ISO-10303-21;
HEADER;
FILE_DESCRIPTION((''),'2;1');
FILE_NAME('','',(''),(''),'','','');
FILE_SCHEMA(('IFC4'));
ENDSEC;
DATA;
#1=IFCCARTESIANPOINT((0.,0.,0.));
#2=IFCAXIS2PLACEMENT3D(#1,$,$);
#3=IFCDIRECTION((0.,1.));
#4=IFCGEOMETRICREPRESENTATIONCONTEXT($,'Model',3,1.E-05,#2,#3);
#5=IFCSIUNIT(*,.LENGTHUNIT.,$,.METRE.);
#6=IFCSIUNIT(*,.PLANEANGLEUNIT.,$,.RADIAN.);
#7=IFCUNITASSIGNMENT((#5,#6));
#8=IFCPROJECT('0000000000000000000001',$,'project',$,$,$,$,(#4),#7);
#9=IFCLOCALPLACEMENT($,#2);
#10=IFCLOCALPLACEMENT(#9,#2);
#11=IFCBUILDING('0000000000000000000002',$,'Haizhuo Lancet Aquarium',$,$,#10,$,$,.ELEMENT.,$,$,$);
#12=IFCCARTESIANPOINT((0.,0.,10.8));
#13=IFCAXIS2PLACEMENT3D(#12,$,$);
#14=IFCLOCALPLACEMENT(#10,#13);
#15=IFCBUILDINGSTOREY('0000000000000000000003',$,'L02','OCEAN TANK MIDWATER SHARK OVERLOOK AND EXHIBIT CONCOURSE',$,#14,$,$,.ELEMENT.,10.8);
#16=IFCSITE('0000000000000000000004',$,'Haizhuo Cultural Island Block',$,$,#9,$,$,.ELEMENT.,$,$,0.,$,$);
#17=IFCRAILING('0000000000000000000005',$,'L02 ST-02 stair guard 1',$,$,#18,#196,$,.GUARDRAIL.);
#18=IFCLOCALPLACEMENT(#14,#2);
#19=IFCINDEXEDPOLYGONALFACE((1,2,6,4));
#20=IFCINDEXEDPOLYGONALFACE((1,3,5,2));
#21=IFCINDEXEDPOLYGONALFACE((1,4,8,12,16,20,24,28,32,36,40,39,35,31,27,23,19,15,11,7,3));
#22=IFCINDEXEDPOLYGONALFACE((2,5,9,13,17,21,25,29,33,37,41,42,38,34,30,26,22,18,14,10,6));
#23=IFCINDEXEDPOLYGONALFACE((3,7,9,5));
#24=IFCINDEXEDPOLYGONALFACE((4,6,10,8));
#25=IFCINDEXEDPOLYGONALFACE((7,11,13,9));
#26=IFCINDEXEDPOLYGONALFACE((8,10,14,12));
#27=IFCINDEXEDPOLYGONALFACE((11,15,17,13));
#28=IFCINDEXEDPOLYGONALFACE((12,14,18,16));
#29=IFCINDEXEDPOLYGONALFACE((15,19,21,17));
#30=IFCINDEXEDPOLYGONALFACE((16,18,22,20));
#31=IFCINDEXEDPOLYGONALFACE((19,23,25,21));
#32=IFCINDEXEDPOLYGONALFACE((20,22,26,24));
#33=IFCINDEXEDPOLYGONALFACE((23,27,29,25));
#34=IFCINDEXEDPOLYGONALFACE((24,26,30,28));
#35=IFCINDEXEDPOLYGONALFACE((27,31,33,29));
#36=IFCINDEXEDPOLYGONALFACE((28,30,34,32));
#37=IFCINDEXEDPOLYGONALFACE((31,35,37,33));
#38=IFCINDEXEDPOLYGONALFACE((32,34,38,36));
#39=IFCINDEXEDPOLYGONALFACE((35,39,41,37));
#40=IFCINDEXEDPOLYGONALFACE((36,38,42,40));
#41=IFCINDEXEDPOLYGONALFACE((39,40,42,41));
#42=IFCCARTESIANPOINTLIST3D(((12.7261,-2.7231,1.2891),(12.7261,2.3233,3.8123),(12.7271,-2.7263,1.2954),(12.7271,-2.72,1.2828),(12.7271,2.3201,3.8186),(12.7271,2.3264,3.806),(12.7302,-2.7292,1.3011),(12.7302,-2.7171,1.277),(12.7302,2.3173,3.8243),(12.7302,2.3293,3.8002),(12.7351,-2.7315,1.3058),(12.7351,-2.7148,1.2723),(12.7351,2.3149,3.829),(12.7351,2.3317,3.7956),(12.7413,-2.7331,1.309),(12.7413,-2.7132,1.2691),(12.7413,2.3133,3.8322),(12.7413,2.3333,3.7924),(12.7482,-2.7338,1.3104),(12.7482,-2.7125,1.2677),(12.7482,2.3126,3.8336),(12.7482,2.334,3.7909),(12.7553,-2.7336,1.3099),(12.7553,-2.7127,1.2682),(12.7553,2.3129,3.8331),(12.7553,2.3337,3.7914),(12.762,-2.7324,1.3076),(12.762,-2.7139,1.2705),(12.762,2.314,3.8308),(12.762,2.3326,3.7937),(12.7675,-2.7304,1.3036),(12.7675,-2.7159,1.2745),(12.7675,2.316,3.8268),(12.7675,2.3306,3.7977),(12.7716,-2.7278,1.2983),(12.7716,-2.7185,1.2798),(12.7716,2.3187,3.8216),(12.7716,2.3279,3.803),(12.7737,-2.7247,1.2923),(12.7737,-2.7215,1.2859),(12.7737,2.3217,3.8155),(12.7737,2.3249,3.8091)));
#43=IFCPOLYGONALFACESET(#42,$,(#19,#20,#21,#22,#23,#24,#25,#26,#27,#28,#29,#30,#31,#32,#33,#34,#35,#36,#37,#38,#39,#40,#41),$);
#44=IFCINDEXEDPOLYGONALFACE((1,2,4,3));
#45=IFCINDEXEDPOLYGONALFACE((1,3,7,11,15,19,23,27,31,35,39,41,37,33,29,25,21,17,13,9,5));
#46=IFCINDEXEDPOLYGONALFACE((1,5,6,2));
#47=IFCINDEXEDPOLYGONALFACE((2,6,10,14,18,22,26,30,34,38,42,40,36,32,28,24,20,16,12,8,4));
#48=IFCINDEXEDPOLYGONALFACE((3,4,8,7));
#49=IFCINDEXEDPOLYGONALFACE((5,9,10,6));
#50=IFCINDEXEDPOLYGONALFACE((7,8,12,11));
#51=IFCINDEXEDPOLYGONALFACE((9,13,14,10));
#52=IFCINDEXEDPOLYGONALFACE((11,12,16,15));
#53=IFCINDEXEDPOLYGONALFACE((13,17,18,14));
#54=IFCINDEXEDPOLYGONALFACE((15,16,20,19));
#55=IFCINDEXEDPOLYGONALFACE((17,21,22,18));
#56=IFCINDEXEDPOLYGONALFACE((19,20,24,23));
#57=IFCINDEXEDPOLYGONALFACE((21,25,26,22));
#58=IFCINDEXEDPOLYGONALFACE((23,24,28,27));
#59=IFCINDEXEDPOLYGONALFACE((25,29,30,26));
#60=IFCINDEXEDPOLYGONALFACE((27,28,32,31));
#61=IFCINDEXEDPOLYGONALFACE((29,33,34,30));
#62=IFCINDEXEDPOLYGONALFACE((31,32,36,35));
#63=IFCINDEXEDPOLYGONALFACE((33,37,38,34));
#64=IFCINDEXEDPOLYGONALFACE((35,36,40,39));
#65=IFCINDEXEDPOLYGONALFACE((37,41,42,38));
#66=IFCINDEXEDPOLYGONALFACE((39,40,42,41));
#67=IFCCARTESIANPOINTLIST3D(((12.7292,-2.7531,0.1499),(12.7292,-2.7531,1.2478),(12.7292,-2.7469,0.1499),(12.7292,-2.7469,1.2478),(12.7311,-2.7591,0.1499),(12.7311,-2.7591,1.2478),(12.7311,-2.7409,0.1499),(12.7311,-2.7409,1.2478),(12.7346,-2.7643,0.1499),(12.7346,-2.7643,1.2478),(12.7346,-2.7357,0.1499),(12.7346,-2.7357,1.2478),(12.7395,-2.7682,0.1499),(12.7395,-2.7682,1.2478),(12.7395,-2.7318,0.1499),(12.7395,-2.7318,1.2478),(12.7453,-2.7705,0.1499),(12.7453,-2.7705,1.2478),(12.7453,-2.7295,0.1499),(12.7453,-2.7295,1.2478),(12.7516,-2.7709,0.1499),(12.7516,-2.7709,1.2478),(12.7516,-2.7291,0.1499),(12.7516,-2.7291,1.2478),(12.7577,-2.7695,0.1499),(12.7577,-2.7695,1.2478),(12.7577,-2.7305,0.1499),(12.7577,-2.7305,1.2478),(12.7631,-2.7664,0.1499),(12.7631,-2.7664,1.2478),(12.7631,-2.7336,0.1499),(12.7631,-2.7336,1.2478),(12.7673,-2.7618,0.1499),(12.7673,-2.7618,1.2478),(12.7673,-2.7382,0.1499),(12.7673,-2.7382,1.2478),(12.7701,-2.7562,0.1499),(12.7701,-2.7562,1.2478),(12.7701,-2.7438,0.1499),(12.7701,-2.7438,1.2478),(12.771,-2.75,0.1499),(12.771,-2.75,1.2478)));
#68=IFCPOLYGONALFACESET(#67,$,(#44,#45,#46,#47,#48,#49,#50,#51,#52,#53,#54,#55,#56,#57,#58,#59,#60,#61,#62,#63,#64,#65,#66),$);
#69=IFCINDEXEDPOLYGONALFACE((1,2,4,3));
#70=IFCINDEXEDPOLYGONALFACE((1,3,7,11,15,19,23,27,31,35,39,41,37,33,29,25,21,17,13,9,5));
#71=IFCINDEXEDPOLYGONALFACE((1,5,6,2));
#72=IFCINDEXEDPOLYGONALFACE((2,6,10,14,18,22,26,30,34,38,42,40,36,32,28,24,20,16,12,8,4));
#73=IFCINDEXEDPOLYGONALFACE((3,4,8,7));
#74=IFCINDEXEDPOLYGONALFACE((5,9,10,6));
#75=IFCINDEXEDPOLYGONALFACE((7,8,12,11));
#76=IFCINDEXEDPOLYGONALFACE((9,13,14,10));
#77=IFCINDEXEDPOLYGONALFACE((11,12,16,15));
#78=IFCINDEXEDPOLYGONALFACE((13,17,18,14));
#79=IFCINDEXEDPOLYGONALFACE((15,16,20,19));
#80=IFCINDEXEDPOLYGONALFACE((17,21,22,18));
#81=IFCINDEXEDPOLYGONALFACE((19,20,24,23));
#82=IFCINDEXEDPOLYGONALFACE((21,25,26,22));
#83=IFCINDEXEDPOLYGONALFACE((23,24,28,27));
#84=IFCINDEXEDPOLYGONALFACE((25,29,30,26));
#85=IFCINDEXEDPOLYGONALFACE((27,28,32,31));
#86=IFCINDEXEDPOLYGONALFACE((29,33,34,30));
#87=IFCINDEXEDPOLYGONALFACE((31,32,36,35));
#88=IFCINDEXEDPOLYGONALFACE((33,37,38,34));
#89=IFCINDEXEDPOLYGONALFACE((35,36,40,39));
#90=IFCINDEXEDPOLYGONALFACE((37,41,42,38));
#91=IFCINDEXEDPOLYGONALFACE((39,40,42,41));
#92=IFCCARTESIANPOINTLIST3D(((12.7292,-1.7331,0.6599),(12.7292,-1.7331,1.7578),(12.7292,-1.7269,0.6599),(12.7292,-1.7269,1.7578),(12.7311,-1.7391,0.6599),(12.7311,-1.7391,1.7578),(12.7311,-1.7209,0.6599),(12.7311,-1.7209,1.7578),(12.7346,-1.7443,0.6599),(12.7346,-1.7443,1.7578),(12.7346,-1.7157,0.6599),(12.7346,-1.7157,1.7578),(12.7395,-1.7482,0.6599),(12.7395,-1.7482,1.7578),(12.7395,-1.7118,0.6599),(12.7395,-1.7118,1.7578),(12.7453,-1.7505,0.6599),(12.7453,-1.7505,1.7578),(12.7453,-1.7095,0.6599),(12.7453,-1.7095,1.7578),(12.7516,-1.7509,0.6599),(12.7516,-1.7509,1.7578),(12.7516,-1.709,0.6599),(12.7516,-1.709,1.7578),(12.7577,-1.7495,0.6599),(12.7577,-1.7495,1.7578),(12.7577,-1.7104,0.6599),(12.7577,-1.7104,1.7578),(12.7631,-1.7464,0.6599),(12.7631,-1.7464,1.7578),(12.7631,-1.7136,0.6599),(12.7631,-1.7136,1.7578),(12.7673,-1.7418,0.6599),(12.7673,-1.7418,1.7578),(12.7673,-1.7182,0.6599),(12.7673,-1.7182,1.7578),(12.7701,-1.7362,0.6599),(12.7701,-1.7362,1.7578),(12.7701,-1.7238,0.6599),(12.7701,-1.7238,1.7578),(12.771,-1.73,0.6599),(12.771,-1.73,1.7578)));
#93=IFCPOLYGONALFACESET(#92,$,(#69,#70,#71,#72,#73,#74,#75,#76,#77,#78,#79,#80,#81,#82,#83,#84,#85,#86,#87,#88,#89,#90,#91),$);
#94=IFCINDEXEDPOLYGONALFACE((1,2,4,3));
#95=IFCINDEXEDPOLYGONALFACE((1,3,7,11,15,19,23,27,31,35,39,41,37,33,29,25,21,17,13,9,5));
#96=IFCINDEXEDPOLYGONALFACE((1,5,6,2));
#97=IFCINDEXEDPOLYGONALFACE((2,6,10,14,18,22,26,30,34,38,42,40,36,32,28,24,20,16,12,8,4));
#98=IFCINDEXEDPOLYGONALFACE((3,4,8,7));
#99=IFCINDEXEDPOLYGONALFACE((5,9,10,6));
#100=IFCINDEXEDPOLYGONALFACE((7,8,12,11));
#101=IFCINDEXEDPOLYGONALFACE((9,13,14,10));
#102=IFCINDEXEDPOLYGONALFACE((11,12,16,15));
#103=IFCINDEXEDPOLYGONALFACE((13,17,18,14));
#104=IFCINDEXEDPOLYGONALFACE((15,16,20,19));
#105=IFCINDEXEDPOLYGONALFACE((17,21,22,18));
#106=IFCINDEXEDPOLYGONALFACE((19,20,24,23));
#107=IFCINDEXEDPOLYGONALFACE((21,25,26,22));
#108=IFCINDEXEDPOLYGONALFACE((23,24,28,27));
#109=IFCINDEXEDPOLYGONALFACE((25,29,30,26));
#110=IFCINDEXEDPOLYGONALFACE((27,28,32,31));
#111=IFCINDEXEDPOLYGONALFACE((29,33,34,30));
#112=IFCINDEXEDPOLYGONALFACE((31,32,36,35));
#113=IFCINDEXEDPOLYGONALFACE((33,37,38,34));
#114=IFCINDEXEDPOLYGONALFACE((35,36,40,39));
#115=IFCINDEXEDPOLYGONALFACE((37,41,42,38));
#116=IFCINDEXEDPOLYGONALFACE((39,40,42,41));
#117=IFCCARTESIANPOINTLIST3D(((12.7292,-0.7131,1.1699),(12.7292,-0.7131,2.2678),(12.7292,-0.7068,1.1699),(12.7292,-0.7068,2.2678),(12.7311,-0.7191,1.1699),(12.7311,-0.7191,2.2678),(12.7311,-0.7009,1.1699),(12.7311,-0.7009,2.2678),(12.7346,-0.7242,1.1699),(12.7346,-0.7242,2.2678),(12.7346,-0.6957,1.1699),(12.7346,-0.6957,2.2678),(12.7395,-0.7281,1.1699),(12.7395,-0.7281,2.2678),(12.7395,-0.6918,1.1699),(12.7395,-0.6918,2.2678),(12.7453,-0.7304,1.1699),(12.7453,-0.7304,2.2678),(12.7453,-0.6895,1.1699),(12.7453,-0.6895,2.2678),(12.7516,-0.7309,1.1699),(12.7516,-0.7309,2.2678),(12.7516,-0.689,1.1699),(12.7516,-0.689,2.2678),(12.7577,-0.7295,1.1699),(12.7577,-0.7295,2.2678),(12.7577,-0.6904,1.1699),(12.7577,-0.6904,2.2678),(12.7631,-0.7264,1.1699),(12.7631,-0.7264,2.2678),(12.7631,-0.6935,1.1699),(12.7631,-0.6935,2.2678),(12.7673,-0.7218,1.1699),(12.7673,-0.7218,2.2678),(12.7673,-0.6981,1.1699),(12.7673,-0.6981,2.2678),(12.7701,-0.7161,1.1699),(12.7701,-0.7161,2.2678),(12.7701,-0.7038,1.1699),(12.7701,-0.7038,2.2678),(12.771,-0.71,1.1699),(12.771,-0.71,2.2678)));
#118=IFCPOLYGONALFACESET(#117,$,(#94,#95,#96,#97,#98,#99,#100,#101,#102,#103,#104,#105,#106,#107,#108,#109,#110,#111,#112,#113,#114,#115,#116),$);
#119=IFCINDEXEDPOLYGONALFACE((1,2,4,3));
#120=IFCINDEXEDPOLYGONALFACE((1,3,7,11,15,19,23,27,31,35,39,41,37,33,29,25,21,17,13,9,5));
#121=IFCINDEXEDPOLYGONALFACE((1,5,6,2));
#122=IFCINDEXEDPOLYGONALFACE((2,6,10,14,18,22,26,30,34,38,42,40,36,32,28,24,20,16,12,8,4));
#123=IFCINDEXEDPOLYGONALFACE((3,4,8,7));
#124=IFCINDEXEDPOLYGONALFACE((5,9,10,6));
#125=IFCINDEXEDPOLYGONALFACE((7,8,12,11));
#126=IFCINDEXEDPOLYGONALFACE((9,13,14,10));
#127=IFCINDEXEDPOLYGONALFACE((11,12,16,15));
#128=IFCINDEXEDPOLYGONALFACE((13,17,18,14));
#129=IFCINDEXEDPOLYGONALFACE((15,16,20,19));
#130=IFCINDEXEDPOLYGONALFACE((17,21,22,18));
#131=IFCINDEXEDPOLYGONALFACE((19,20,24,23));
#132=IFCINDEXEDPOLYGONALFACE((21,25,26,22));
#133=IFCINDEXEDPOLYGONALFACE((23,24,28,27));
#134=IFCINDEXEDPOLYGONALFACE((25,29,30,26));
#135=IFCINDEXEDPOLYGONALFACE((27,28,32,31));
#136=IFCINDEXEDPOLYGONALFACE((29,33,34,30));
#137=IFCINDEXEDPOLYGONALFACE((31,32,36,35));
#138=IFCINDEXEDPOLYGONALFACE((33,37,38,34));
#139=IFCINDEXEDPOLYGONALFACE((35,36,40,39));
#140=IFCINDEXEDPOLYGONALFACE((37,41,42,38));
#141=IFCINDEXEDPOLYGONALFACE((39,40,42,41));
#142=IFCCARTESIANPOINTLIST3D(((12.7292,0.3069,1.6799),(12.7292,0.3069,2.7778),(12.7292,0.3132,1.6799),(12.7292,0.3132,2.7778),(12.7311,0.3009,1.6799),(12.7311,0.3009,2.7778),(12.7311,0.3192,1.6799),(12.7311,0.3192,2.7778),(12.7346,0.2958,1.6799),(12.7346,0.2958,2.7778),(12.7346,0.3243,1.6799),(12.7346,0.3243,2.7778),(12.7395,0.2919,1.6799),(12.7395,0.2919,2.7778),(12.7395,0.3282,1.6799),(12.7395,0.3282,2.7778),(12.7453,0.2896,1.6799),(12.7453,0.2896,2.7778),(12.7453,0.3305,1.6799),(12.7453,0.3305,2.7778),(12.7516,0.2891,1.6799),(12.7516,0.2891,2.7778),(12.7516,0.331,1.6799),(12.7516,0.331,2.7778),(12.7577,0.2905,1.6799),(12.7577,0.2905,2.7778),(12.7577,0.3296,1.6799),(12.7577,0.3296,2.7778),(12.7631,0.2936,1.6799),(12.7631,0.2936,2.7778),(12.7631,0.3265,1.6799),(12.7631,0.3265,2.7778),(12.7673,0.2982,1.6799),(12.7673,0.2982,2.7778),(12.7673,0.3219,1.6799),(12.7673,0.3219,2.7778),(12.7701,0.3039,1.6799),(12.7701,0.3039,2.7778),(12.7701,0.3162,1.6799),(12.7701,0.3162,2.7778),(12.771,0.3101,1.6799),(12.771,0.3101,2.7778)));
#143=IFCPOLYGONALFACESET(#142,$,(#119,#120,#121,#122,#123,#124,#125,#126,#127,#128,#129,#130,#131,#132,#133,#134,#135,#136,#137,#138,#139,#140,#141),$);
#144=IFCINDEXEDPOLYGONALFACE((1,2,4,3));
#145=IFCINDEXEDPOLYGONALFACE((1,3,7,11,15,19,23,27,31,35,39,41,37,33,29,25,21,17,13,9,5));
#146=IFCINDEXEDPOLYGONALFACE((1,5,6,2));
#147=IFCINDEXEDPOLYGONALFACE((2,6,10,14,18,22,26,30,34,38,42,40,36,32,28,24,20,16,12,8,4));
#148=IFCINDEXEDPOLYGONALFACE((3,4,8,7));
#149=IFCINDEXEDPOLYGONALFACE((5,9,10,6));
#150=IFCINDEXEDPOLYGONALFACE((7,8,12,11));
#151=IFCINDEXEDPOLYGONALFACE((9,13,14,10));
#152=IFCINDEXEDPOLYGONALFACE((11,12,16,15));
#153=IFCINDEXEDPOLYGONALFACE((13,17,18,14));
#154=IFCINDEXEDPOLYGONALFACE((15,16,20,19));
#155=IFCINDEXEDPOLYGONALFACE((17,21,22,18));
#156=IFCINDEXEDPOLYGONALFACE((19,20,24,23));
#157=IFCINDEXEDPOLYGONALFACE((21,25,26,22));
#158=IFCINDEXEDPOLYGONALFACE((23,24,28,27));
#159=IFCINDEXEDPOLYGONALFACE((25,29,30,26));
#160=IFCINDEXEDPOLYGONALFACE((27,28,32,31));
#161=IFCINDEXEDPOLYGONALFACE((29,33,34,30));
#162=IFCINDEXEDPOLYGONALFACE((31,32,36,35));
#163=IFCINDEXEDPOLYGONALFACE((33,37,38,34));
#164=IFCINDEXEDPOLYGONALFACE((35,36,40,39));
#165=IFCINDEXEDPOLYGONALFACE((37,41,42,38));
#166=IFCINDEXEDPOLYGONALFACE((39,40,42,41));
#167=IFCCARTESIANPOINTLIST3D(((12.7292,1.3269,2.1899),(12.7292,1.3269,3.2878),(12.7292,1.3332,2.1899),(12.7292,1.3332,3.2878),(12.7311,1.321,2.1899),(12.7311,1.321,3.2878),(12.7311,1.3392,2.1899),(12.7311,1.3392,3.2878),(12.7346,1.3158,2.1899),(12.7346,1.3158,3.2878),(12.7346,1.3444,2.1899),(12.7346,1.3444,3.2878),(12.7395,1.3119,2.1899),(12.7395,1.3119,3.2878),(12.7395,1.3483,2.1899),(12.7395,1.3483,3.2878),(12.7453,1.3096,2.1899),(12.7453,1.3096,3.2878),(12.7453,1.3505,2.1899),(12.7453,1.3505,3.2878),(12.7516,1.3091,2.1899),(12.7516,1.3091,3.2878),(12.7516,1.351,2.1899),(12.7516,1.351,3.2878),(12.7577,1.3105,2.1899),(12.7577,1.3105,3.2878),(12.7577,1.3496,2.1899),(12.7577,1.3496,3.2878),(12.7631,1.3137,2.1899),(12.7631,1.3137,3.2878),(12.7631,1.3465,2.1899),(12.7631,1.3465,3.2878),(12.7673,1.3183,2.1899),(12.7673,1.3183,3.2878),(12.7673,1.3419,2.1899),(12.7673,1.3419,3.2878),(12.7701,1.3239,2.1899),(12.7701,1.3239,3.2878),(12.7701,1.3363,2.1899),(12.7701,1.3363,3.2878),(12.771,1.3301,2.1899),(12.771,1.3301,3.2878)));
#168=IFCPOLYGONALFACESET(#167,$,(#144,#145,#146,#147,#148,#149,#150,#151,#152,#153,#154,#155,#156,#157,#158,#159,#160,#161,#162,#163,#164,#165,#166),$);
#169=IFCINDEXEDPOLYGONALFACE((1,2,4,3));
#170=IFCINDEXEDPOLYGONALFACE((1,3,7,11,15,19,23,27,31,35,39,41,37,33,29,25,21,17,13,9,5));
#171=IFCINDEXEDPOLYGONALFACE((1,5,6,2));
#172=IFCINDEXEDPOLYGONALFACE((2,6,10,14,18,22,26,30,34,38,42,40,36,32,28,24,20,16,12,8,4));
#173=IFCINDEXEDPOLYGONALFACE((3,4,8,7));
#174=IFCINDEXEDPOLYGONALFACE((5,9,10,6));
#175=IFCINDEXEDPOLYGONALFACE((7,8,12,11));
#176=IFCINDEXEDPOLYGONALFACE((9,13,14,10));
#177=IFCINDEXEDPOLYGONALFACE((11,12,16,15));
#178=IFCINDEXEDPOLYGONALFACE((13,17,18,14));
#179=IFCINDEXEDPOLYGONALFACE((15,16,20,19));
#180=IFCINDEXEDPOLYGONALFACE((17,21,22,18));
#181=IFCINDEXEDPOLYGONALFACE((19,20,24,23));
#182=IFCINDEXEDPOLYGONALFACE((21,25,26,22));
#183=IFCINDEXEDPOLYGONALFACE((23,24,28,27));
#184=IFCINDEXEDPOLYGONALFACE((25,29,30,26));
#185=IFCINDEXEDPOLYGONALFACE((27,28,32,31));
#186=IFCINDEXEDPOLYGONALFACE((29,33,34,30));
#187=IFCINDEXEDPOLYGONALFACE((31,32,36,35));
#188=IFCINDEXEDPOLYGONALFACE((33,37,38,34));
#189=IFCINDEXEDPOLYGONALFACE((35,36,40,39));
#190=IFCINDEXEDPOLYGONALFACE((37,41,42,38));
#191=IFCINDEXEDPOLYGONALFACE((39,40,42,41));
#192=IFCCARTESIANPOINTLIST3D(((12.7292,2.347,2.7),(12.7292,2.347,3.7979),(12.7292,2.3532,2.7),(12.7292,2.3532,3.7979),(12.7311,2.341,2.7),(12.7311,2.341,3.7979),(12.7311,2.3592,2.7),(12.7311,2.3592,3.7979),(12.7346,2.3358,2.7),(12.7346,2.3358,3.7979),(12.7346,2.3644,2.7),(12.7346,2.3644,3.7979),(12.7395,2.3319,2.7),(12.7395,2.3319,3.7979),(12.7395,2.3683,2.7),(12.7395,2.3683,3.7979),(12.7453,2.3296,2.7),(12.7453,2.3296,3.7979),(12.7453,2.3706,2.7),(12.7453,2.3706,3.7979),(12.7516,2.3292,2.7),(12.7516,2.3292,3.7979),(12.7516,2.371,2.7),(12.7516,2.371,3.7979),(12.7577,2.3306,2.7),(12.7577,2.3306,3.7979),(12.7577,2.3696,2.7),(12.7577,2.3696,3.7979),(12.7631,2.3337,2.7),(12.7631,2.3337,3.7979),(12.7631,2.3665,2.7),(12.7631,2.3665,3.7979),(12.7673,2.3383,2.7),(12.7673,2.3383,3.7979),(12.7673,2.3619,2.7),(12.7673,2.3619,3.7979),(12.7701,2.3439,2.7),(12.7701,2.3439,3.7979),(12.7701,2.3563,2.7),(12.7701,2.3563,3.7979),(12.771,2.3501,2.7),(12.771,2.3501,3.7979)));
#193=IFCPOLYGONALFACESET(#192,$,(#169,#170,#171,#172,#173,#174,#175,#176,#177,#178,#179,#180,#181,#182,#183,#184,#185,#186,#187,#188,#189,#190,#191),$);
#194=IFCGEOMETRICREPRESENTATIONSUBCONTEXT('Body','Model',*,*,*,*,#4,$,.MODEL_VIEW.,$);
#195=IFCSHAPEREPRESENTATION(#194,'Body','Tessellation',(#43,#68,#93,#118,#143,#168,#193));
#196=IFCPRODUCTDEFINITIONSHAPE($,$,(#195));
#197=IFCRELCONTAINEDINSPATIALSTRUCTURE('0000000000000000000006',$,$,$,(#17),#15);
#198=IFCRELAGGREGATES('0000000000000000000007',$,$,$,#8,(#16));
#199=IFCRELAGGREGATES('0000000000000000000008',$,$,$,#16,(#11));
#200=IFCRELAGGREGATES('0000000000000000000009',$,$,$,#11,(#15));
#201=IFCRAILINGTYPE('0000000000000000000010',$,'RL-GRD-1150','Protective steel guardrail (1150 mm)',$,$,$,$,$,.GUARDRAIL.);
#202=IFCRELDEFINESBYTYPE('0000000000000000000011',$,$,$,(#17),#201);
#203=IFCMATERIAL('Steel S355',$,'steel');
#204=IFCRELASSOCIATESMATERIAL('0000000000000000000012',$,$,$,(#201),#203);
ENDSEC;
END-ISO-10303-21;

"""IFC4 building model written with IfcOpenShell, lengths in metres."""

from ifc_helpers import new_model, si_unit, direction, frame, origin, origin_2d, place, context, subcontext, project, spatial, circle, extrude, material, type_object, element, save


model = new_model("IFC4")

# Units and contexts
model_context = context("Model", 3, precision=1e-05, world=origin(), true_north=direction((0.0, 1.0)))
body_context = subcontext(model_context, "Body", "Model", "MODEL_VIEW")
ifc_project = project(units=[si_unit("LENGTHUNIT", "METRE"), si_unit("PLANEANGLEUNIT", "RADIAN")], contexts=[model_context])

# Site, building, storey
site_placement = place(None, origin())
site = spatial("IfcSite", under=ifc_project, at=site_placement, Name="Haizhuo Cultural Island Block", CompositionType="ELEMENT", RefElevation=0.0)
building_placement = place(site_placement, origin())
building = spatial("IfcBuilding", under=site, at=building_placement, Name="Haizhuo Lancet Aquarium", CompositionType="ELEMENT")
storey_placement = place(building_placement, frame((0.0, 0.0, 10.8)))
storey = spatial("IfcBuildingStorey", under=building, at=storey_placement, Name="L02", Description="OCEAN TANK MIDWATER SHARK OVERLOOK AND EXHIBIT CONCOURSE", CompositionType="ELEMENT", Elevation=10.8)

# Shared definitions
ifc_material_1 = material(Name="Steel S355", Category="steel")

# Railing
railing_type_1 = type_object("IfcRailingType", Name="RL-GRD-1150", Description="Protective steel guardrail (1150 mm)", PredefinedType="GUARDRAIL", material=ifc_material_1)
railing_1_placement = place(storey_placement, frame((12.75, -2.75, 0.1499)))
element("IfcRailing", 1, at=railing_1_placement, inside=storey, type_object=railing_type_1, Name="L02 ST-02 stair guard 1", PredefinedType="GUARDRAIL", context=body_context, shape_type="SweptSolid", body=[
    extrude(circle(Radius=0.0239, at=origin_2d()), frame((0.0, 0.0269, 1.1392), z_axis=(0.0, 0.894427, 0.447214), x_axis=(-1.0, 0.0, 0.0)), (0.0, 0.0, 1.0), 5.6421),
    extrude(circle(Radius=0.021, at=origin_2d()), origin(), (0.0, 0.0, 1.0), 1.0979),
    extrude(circle(Radius=0.021, at=origin_2d()), frame((0.0, 1.02, 0.51)), (0.0, 0.0, 1.0), 1.0979),
    extrude(circle(Radius=0.021, at=origin_2d()), frame((0.0, 2.04, 1.02)), (0.0, 0.0, 1.0), 1.0979),
    extrude(circle(Radius=0.021, at=origin_2d()), frame((0.0, 3.0601, 1.53)), (0.0, 0.0, 1.0), 1.0979),
    extrude(circle(Radius=0.021, at=origin_2d()), frame((0.0, 4.0801, 2.04)), (0.0, 0.0, 1.0), 1.0979),
    extrude(circle(Radius=0.021, at=origin_2d()), frame((0.0, 5.1001, 2.55)), (0.0, 0.0, 1.0), 1.0979),
])

save(model, "model.ifc")
